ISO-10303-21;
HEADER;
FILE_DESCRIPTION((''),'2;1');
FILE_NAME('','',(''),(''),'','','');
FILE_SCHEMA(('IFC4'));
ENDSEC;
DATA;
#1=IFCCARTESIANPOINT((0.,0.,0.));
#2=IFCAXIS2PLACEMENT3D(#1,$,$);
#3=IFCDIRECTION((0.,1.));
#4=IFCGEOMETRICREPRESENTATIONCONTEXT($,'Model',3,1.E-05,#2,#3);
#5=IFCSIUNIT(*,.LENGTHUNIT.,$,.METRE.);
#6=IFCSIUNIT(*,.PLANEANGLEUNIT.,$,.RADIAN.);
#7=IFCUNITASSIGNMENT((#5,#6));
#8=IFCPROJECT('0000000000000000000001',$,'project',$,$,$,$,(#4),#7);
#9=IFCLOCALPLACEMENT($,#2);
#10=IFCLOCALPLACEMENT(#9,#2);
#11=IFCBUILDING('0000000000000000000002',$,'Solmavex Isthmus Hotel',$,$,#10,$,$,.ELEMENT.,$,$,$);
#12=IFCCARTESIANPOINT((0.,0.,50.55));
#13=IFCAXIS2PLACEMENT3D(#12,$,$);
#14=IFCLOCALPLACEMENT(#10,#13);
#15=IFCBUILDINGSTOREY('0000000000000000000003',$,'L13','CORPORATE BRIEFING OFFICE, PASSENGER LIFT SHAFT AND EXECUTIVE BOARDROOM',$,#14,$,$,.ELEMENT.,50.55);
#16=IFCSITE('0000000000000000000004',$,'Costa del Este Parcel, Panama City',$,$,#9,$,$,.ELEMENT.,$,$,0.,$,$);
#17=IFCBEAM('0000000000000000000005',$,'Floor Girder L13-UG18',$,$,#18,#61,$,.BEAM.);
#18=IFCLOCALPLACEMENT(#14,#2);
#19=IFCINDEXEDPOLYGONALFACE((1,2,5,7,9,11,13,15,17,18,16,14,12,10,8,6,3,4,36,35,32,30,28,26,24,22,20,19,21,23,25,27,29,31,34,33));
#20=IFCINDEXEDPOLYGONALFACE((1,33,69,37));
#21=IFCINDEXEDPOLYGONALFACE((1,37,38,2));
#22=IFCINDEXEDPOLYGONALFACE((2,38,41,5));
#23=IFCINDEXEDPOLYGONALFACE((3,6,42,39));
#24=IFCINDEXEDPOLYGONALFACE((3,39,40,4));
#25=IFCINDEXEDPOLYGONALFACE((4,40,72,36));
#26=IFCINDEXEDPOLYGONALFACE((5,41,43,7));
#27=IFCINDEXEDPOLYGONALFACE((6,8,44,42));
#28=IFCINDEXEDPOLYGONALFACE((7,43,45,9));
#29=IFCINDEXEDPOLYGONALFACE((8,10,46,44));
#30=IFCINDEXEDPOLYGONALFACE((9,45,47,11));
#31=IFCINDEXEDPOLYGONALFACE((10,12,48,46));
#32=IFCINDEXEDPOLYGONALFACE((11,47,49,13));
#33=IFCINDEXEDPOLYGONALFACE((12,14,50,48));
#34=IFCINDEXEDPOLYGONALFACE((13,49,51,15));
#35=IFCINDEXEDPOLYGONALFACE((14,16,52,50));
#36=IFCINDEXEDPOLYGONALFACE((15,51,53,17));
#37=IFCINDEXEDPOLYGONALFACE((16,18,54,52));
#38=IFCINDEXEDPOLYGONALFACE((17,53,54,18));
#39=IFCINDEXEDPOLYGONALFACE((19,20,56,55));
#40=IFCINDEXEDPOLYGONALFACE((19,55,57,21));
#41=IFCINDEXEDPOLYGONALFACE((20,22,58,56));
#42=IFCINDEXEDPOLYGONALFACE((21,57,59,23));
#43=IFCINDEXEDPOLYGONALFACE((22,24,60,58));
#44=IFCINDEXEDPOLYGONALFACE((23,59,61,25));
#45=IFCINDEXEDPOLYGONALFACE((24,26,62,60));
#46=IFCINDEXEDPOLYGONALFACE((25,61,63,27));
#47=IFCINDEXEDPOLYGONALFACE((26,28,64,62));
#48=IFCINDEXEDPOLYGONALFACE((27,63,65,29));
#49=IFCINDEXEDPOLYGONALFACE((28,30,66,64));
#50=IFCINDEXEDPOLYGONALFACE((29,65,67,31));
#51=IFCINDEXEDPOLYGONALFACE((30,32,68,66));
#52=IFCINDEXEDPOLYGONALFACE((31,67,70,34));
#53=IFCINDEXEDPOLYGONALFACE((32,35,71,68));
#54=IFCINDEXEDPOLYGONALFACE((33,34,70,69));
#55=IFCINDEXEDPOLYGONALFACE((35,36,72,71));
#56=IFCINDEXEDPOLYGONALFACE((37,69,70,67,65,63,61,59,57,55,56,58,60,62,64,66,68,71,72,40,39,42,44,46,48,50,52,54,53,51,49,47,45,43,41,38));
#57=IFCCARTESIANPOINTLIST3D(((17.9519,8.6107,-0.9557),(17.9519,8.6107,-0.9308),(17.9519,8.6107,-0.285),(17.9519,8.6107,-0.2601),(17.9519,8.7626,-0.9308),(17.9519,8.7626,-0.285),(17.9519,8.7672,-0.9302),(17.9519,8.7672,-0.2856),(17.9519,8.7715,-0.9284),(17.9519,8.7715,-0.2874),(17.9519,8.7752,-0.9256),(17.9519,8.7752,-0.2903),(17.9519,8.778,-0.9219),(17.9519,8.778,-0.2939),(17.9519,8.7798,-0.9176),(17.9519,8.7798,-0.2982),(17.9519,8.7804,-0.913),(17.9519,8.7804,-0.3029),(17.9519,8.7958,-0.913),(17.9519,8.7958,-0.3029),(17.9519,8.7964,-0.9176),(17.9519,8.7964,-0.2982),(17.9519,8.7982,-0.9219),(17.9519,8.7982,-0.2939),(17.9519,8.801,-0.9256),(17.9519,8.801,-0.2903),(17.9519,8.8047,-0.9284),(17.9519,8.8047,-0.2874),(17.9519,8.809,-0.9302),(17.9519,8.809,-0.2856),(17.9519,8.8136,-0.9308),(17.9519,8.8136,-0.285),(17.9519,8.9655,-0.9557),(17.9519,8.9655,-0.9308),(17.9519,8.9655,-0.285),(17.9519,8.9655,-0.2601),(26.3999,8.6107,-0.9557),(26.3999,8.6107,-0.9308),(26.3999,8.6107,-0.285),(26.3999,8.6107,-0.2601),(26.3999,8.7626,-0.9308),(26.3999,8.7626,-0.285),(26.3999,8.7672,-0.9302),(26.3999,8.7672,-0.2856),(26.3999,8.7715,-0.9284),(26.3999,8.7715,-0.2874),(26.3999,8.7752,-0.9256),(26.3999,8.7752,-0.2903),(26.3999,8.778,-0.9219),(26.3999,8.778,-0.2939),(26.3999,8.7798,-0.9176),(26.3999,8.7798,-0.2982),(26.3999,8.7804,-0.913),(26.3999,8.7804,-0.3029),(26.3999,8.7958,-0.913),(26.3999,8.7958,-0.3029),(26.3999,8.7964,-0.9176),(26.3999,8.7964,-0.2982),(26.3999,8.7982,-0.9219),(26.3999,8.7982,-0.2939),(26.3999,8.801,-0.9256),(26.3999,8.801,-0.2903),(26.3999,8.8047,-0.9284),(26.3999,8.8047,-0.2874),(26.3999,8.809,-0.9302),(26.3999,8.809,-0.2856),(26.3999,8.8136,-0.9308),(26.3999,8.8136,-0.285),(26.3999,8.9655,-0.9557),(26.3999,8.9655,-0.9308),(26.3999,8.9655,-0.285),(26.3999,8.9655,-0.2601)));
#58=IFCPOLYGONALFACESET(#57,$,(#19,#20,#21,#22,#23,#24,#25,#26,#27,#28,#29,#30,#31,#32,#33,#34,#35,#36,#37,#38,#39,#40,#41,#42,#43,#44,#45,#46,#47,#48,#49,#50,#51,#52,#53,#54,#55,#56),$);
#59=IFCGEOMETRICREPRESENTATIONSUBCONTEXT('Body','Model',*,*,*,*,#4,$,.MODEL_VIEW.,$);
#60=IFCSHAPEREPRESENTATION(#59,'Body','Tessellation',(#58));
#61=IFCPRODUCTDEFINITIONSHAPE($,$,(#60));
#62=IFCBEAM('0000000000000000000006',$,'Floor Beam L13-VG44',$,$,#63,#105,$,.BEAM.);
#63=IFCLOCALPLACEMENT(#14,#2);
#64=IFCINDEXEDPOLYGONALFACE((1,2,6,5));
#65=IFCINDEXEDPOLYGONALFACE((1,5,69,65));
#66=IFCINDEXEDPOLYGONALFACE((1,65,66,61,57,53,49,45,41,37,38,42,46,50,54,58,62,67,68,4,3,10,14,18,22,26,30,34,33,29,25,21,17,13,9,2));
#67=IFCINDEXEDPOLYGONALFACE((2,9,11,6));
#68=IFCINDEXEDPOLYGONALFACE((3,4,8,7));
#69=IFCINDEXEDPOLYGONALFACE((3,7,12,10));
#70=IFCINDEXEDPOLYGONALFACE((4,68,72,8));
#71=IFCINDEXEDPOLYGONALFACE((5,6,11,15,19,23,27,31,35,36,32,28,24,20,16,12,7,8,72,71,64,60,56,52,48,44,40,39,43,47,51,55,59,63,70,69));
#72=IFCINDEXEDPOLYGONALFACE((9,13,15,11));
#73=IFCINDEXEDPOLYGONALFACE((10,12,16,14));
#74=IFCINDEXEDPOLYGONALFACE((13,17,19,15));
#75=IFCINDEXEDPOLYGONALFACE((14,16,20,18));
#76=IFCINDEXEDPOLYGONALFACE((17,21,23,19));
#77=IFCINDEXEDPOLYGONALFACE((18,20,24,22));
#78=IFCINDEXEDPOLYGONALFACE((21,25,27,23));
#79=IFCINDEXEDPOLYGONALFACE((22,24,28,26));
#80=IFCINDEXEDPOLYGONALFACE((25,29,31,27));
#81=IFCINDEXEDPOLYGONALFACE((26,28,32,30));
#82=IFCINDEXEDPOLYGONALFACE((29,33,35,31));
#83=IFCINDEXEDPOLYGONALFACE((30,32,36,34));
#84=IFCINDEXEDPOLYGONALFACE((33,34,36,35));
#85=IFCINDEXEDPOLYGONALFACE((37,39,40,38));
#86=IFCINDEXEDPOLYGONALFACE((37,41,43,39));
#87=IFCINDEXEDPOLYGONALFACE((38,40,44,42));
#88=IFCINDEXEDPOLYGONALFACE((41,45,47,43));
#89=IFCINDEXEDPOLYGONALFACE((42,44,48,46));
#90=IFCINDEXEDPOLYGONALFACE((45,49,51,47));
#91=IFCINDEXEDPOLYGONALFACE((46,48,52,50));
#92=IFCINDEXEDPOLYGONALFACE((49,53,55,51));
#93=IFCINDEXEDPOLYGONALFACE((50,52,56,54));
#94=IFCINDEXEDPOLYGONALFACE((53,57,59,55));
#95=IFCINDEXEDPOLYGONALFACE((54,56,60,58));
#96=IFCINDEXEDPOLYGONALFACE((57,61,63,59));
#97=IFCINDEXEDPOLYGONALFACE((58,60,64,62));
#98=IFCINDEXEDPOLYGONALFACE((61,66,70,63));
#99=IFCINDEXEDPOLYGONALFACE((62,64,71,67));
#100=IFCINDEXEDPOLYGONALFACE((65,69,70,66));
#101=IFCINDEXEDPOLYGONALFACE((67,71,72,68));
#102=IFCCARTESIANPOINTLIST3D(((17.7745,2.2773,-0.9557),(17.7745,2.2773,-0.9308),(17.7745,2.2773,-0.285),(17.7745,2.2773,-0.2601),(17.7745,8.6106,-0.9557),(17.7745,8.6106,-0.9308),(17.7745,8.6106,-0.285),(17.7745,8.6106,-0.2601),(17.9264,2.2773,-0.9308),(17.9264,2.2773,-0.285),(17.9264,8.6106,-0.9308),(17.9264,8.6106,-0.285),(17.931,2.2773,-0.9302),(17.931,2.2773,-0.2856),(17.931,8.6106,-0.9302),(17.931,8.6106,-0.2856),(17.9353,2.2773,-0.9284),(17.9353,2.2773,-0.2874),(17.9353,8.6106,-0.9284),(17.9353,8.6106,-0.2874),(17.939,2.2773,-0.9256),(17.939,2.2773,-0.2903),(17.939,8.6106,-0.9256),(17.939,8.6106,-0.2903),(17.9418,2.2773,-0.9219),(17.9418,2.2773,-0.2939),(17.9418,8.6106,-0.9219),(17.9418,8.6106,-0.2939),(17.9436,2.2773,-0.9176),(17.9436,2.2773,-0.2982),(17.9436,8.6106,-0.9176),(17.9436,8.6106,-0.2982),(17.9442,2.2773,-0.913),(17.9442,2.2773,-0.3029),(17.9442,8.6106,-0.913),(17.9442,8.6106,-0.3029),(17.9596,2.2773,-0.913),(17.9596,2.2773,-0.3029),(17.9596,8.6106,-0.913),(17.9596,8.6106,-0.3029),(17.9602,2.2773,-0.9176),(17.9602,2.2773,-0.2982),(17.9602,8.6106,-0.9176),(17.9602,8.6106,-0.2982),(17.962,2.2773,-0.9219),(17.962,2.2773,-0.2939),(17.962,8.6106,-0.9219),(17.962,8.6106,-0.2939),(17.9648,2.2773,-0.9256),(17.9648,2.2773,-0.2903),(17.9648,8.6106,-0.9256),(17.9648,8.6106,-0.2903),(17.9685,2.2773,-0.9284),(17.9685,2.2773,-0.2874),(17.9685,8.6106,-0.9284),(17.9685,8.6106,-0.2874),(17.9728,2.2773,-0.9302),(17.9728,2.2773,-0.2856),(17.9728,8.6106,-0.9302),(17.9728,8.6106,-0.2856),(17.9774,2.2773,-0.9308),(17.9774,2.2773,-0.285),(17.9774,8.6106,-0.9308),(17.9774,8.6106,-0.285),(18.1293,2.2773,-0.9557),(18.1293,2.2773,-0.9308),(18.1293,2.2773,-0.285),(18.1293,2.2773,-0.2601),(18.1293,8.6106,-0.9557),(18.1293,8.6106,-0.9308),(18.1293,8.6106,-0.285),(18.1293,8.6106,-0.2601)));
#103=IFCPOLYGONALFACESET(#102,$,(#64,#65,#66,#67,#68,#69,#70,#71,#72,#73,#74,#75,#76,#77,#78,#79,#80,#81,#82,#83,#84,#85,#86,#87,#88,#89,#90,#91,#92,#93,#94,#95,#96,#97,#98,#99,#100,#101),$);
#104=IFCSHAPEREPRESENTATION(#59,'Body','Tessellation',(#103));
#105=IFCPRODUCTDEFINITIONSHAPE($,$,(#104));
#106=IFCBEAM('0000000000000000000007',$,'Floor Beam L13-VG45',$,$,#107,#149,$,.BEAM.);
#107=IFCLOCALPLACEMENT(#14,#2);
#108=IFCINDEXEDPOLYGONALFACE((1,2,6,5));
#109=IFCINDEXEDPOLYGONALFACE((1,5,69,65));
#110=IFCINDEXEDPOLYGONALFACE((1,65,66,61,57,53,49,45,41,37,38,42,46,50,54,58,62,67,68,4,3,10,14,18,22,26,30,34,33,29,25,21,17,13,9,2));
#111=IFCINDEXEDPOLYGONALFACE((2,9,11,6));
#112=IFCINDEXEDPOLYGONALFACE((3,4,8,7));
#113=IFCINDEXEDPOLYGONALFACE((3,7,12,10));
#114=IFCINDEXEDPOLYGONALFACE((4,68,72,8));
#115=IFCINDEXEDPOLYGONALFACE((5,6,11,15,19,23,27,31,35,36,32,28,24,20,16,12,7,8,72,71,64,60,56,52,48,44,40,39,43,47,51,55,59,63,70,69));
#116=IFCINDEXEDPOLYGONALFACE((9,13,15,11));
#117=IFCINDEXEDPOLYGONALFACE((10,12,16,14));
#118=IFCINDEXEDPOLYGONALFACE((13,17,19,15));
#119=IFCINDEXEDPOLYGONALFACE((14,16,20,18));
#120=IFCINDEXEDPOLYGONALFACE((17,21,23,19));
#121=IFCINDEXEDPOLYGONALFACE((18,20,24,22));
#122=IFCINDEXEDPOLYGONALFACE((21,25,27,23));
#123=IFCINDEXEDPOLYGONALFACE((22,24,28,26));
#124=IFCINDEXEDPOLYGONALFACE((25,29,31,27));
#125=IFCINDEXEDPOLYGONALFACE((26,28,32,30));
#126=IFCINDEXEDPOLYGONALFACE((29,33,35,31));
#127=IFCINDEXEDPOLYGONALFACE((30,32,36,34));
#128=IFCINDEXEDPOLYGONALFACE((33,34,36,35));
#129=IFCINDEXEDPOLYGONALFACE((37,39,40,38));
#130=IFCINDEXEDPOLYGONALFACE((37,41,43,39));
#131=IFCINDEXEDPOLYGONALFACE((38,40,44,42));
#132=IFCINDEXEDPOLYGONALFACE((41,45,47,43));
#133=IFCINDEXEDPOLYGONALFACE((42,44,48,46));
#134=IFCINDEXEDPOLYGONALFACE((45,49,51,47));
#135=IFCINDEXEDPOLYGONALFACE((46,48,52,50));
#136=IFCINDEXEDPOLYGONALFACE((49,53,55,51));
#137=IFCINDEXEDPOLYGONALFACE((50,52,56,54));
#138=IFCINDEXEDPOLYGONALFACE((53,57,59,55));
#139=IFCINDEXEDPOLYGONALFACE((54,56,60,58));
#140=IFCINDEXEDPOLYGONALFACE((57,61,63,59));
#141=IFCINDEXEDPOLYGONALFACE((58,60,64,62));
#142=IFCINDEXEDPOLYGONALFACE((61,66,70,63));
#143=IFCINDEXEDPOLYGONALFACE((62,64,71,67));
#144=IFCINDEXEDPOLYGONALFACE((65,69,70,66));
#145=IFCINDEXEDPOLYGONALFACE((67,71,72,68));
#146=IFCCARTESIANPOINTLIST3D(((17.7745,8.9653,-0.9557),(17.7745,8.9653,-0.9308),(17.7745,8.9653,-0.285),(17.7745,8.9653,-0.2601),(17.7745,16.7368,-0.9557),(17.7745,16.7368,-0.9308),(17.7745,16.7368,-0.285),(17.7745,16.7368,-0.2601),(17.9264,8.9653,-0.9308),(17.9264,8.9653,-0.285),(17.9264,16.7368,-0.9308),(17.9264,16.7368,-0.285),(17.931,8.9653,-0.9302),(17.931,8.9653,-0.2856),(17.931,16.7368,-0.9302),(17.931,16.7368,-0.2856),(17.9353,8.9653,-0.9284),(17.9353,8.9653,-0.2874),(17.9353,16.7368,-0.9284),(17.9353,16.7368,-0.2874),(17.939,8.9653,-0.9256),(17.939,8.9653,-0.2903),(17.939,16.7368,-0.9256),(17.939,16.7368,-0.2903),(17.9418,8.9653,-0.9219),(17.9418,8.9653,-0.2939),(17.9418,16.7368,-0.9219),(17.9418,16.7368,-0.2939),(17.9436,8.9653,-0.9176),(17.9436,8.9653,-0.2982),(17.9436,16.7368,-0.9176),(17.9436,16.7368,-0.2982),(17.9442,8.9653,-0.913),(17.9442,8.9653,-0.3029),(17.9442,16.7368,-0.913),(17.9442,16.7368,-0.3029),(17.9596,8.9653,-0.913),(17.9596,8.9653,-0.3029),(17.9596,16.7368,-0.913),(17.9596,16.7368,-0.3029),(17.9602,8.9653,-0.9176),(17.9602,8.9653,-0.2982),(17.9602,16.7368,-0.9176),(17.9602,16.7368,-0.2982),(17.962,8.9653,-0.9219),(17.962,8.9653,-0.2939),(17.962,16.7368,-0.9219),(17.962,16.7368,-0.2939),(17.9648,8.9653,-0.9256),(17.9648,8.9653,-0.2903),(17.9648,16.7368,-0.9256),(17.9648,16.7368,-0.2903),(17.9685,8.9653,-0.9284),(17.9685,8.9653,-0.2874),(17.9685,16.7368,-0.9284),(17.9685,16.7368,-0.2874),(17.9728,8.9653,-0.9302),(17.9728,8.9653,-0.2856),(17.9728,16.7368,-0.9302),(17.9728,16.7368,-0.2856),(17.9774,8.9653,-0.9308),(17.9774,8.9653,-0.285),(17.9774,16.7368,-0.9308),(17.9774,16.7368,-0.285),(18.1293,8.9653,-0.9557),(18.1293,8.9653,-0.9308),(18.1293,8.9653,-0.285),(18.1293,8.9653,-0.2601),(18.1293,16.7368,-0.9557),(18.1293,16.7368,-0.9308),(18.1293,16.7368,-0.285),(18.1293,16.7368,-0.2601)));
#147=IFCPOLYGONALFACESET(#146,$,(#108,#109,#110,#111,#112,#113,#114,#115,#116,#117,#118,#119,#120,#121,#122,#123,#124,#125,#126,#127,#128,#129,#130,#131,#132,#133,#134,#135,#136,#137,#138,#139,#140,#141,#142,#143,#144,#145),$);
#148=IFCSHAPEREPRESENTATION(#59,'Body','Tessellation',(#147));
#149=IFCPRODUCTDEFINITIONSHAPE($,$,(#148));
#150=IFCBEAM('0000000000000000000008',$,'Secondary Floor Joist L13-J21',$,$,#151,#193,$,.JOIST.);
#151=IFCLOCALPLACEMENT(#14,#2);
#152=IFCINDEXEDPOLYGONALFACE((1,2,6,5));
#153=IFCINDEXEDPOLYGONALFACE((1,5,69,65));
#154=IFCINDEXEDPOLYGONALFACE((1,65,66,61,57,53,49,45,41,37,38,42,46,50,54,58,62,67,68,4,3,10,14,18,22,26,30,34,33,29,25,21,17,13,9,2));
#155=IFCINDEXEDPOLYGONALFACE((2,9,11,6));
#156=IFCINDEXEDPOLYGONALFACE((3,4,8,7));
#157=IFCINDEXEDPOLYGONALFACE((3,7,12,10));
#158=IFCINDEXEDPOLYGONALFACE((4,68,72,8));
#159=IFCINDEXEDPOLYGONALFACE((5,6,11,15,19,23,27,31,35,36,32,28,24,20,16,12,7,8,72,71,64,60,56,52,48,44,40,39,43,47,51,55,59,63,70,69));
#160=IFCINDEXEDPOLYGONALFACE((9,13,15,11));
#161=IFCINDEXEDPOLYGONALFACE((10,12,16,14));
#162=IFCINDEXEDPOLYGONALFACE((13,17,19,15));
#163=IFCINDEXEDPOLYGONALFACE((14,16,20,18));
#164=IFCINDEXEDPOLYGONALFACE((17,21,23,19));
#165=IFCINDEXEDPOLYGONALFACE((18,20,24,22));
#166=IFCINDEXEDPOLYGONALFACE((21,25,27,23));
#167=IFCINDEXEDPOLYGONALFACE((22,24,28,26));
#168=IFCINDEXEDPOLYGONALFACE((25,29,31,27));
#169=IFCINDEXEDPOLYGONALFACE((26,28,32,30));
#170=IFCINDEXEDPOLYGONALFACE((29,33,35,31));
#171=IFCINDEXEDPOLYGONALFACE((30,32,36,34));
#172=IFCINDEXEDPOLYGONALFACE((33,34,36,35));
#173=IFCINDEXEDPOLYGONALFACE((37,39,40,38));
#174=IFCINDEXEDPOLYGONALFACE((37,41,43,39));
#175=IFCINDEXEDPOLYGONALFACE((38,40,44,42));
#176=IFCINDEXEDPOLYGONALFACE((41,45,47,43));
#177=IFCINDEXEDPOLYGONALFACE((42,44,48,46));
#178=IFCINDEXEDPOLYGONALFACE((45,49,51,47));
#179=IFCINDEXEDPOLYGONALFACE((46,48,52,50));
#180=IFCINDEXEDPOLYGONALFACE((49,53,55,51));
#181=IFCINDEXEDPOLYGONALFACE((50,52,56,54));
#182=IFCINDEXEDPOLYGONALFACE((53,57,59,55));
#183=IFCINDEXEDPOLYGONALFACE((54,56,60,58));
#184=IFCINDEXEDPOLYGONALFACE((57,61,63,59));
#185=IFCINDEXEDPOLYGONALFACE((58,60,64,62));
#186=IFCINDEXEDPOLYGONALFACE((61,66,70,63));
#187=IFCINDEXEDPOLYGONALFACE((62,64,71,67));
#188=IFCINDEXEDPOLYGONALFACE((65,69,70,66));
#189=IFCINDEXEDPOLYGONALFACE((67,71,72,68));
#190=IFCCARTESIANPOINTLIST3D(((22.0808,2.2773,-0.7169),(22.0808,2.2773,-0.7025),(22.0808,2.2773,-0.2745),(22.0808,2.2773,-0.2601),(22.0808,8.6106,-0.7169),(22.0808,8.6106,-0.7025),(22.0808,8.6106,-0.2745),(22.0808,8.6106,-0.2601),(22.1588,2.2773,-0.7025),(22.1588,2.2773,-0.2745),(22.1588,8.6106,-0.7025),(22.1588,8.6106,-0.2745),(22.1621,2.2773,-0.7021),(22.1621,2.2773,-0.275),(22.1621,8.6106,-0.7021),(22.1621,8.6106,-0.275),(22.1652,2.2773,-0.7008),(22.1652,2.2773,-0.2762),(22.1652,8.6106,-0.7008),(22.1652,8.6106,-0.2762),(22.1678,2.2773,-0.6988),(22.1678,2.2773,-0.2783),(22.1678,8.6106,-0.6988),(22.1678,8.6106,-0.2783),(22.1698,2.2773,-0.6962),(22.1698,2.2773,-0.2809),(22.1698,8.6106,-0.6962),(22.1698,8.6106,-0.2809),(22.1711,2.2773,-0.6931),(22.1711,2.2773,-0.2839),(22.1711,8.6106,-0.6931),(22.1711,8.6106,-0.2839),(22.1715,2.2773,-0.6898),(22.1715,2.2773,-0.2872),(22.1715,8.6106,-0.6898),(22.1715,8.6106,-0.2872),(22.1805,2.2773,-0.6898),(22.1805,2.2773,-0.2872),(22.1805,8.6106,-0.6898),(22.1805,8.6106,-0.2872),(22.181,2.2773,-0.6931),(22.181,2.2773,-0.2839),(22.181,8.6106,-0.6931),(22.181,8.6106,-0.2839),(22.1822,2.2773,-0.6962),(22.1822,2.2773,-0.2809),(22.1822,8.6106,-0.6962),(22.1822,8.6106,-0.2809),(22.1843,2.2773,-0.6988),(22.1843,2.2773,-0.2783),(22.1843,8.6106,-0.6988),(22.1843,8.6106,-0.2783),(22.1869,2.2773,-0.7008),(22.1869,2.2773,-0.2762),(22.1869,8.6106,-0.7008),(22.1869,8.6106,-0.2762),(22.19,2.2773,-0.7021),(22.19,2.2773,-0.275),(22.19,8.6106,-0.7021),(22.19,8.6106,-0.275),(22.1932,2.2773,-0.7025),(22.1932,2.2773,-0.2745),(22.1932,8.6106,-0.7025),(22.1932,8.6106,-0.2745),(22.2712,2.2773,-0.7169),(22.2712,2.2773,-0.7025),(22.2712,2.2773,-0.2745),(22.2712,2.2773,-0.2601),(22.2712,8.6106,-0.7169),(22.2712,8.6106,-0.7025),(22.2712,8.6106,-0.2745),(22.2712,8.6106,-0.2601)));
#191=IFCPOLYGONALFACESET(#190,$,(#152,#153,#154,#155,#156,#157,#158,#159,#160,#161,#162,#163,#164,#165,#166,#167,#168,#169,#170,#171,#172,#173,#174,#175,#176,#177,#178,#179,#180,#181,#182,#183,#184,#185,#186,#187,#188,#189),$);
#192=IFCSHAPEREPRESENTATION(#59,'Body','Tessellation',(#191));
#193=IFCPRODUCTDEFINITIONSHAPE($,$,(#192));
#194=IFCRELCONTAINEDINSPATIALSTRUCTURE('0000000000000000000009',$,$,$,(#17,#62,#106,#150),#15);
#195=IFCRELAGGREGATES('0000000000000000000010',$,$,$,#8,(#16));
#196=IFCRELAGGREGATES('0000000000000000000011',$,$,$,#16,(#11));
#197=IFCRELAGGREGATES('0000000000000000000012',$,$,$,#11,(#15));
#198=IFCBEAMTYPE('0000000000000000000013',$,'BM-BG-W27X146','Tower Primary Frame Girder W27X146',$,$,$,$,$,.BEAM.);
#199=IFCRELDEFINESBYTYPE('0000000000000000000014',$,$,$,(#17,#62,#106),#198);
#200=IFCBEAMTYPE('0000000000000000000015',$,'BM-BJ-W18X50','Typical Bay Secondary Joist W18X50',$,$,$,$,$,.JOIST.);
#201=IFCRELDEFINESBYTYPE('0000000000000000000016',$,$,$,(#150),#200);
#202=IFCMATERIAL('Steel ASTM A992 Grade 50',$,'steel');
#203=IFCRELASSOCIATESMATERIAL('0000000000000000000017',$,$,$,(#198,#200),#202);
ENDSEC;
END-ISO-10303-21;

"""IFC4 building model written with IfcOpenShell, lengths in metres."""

from ifc_helpers import new_model, si_unit, direction, frame, origin, origin_2d, place, context, subcontext, project, spatial, i_section, extrude, material, material_profile, profile_set, type_object, element, save


model = new_model("IFC4")

# Units and contexts
model_context = context("Model", 3, precision=1e-05, world=origin(), true_north=direction((0.0, 1.0)))
body_context = subcontext(model_context, "Body", "Model", "MODEL_VIEW")
ifc_project = project(units=[si_unit("LENGTHUNIT", "METRE"), si_unit("PLANEANGLEUNIT", "RADIAN")], contexts=[model_context])

# Site, building, storey
site_placement = place(None, origin())
site = spatial("IfcSite", under=ifc_project, at=site_placement, Name="Costa del Este Parcel, Panama City", CompositionType="ELEMENT", RefElevation=0.0)
building_placement = place(site_placement, origin())
building = spatial("IfcBuilding", under=site, at=building_placement, Name="Solmavex Isthmus Hotel", CompositionType="ELEMENT")
storey_placement = place(building_placement, frame((0.0, 0.0, 50.55)))
storey = spatial("IfcBuildingStorey", under=building, at=storey_placement, Name="L13", Description="CORPORATE BRIEFING OFFICE, PASSENGER LIFT SHAFT AND EXECUTIVE BOARDROOM", CompositionType="ELEMENT", Elevation=50.55)

# Beams
ifc_material_1 = material(Name="Steel ASTM A992 Grade 50", Category="steel")
ifc_material_profile_1 = material_profile(ifc_material_1, i_section(OverallWidth=0.3547, OverallDepth=0.6956, WebThickness=0.0154, FlangeThickness=0.0249, FilletRadius=0.0178, at=origin_2d()), Name="W27X146")
ifc_profile_set_1 = profile_set([ifc_material_profile_1], Name="Steel ASTM A992 Grade 50")
beam_type_1 = type_object("IfcBeamType", Name="BM-BG-W27X146", Description="Tower Primary Frame Girder W27X146", PredefinedType="BEAM", material=ifc_profile_set_1)
for number, where, z_axis, x_axis, name in (
    (1, (17.9519, 8.7881, -0.6079), (1.0, 0.0, 0.0), (0.0, 1.0, 0.0), "Floor Girder L13-UG18"),
):
    element("IfcBeam", number, at=place(storey_placement, frame(where, z_axis=z_axis, x_axis=x_axis)), inside=storey, type_object=beam_type_1, Name=name, PredefinedType="BEAM", context=body_context, shape_type="SweptSolid", body=[
        extrude(i_section(OverallWidth=0.3547, OverallDepth=0.6956, WebThickness=0.0154, FlangeThickness=0.0249, FilletRadius=0.0178, at=origin_2d()), origin(), (0.0, 0.0, 1.0), 8.448),
    ])
beam_1_placement = place(storey_placement, frame((17.9519, 2.2773, -0.6079), z_axis=(0.0, 1.0, 0.0), x_axis=(-1.0, 0.0, 0.0)))
element("IfcBeam", 2, at=beam_1_placement, inside=storey, type_object=beam_type_1, Name="Floor Beam L13-VG44", PredefinedType="BEAM", context=body_context, shape_type="SweptSolid", body=[
    extrude(i_section(OverallWidth=0.3547, OverallDepth=0.6956, WebThickness=0.0154, FlangeThickness=0.0249, FilletRadius=0.0178, at=origin_2d()), origin(), (0.0, 0.0, 1.0), 6.3333),
])
beam_2_placement = place(storey_placement, frame((17.9519, 8.9653, -0.6079), z_axis=(0.0, 1.0, 0.0), x_axis=(-1.0, 0.0, 0.0)))
element("IfcBeam", 3, at=beam_2_placement, inside=storey, type_object=beam_type_1, Name="Floor Beam L13-VG45", PredefinedType="BEAM", context=body_context, shape_type="SweptSolid", body=[
    extrude(i_section(OverallWidth=0.3547, OverallDepth=0.6956, WebThickness=0.0154, FlangeThickness=0.0249, FilletRadius=0.0178, at=origin_2d()), origin(), (0.0, 0.0, 1.0), 7.7715),
])
ifc_material_profile_2 = material_profile(ifc_material_1, i_section(OverallWidth=0.1904, OverallDepth=0.4568, WebThickness=0.009, FlangeThickness=0.0144, FilletRadius=0.0127, at=origin_2d()), Name="W18X50")
ifc_profile_set_2 = profile_set([ifc_material_profile_2], Name="Steel ASTM A992 Grade 50")
beam_type_2 = type_object("IfcBeamType", Name="BM-BJ-W18X50", Description="Typical Bay Secondary Joist W18X50", PredefinedType="JOIST", material=ifc_profile_set_2)
beam_3_placement = place(storey_placement, frame((22.176, 2.2773, -0.4885), z_axis=(0.0, 1.0, 0.0), x_axis=(-1.0, 0.0, 0.0)))
element("IfcBeam", 4, at=beam_3_placement, inside=storey, type_object=beam_type_2, Name="Secondary Floor Joist L13-J21", PredefinedType="JOIST", context=body_context, shape_type="SweptSolid", body=[
    extrude(i_section(OverallWidth=0.1904, OverallDepth=0.4568, WebThickness=0.009, FlangeThickness=0.0144, FilletRadius=0.0127, at=origin_2d()), origin(), (0.0, 0.0, 1.0), 6.3333),
])

save(model, "model.ifc")
